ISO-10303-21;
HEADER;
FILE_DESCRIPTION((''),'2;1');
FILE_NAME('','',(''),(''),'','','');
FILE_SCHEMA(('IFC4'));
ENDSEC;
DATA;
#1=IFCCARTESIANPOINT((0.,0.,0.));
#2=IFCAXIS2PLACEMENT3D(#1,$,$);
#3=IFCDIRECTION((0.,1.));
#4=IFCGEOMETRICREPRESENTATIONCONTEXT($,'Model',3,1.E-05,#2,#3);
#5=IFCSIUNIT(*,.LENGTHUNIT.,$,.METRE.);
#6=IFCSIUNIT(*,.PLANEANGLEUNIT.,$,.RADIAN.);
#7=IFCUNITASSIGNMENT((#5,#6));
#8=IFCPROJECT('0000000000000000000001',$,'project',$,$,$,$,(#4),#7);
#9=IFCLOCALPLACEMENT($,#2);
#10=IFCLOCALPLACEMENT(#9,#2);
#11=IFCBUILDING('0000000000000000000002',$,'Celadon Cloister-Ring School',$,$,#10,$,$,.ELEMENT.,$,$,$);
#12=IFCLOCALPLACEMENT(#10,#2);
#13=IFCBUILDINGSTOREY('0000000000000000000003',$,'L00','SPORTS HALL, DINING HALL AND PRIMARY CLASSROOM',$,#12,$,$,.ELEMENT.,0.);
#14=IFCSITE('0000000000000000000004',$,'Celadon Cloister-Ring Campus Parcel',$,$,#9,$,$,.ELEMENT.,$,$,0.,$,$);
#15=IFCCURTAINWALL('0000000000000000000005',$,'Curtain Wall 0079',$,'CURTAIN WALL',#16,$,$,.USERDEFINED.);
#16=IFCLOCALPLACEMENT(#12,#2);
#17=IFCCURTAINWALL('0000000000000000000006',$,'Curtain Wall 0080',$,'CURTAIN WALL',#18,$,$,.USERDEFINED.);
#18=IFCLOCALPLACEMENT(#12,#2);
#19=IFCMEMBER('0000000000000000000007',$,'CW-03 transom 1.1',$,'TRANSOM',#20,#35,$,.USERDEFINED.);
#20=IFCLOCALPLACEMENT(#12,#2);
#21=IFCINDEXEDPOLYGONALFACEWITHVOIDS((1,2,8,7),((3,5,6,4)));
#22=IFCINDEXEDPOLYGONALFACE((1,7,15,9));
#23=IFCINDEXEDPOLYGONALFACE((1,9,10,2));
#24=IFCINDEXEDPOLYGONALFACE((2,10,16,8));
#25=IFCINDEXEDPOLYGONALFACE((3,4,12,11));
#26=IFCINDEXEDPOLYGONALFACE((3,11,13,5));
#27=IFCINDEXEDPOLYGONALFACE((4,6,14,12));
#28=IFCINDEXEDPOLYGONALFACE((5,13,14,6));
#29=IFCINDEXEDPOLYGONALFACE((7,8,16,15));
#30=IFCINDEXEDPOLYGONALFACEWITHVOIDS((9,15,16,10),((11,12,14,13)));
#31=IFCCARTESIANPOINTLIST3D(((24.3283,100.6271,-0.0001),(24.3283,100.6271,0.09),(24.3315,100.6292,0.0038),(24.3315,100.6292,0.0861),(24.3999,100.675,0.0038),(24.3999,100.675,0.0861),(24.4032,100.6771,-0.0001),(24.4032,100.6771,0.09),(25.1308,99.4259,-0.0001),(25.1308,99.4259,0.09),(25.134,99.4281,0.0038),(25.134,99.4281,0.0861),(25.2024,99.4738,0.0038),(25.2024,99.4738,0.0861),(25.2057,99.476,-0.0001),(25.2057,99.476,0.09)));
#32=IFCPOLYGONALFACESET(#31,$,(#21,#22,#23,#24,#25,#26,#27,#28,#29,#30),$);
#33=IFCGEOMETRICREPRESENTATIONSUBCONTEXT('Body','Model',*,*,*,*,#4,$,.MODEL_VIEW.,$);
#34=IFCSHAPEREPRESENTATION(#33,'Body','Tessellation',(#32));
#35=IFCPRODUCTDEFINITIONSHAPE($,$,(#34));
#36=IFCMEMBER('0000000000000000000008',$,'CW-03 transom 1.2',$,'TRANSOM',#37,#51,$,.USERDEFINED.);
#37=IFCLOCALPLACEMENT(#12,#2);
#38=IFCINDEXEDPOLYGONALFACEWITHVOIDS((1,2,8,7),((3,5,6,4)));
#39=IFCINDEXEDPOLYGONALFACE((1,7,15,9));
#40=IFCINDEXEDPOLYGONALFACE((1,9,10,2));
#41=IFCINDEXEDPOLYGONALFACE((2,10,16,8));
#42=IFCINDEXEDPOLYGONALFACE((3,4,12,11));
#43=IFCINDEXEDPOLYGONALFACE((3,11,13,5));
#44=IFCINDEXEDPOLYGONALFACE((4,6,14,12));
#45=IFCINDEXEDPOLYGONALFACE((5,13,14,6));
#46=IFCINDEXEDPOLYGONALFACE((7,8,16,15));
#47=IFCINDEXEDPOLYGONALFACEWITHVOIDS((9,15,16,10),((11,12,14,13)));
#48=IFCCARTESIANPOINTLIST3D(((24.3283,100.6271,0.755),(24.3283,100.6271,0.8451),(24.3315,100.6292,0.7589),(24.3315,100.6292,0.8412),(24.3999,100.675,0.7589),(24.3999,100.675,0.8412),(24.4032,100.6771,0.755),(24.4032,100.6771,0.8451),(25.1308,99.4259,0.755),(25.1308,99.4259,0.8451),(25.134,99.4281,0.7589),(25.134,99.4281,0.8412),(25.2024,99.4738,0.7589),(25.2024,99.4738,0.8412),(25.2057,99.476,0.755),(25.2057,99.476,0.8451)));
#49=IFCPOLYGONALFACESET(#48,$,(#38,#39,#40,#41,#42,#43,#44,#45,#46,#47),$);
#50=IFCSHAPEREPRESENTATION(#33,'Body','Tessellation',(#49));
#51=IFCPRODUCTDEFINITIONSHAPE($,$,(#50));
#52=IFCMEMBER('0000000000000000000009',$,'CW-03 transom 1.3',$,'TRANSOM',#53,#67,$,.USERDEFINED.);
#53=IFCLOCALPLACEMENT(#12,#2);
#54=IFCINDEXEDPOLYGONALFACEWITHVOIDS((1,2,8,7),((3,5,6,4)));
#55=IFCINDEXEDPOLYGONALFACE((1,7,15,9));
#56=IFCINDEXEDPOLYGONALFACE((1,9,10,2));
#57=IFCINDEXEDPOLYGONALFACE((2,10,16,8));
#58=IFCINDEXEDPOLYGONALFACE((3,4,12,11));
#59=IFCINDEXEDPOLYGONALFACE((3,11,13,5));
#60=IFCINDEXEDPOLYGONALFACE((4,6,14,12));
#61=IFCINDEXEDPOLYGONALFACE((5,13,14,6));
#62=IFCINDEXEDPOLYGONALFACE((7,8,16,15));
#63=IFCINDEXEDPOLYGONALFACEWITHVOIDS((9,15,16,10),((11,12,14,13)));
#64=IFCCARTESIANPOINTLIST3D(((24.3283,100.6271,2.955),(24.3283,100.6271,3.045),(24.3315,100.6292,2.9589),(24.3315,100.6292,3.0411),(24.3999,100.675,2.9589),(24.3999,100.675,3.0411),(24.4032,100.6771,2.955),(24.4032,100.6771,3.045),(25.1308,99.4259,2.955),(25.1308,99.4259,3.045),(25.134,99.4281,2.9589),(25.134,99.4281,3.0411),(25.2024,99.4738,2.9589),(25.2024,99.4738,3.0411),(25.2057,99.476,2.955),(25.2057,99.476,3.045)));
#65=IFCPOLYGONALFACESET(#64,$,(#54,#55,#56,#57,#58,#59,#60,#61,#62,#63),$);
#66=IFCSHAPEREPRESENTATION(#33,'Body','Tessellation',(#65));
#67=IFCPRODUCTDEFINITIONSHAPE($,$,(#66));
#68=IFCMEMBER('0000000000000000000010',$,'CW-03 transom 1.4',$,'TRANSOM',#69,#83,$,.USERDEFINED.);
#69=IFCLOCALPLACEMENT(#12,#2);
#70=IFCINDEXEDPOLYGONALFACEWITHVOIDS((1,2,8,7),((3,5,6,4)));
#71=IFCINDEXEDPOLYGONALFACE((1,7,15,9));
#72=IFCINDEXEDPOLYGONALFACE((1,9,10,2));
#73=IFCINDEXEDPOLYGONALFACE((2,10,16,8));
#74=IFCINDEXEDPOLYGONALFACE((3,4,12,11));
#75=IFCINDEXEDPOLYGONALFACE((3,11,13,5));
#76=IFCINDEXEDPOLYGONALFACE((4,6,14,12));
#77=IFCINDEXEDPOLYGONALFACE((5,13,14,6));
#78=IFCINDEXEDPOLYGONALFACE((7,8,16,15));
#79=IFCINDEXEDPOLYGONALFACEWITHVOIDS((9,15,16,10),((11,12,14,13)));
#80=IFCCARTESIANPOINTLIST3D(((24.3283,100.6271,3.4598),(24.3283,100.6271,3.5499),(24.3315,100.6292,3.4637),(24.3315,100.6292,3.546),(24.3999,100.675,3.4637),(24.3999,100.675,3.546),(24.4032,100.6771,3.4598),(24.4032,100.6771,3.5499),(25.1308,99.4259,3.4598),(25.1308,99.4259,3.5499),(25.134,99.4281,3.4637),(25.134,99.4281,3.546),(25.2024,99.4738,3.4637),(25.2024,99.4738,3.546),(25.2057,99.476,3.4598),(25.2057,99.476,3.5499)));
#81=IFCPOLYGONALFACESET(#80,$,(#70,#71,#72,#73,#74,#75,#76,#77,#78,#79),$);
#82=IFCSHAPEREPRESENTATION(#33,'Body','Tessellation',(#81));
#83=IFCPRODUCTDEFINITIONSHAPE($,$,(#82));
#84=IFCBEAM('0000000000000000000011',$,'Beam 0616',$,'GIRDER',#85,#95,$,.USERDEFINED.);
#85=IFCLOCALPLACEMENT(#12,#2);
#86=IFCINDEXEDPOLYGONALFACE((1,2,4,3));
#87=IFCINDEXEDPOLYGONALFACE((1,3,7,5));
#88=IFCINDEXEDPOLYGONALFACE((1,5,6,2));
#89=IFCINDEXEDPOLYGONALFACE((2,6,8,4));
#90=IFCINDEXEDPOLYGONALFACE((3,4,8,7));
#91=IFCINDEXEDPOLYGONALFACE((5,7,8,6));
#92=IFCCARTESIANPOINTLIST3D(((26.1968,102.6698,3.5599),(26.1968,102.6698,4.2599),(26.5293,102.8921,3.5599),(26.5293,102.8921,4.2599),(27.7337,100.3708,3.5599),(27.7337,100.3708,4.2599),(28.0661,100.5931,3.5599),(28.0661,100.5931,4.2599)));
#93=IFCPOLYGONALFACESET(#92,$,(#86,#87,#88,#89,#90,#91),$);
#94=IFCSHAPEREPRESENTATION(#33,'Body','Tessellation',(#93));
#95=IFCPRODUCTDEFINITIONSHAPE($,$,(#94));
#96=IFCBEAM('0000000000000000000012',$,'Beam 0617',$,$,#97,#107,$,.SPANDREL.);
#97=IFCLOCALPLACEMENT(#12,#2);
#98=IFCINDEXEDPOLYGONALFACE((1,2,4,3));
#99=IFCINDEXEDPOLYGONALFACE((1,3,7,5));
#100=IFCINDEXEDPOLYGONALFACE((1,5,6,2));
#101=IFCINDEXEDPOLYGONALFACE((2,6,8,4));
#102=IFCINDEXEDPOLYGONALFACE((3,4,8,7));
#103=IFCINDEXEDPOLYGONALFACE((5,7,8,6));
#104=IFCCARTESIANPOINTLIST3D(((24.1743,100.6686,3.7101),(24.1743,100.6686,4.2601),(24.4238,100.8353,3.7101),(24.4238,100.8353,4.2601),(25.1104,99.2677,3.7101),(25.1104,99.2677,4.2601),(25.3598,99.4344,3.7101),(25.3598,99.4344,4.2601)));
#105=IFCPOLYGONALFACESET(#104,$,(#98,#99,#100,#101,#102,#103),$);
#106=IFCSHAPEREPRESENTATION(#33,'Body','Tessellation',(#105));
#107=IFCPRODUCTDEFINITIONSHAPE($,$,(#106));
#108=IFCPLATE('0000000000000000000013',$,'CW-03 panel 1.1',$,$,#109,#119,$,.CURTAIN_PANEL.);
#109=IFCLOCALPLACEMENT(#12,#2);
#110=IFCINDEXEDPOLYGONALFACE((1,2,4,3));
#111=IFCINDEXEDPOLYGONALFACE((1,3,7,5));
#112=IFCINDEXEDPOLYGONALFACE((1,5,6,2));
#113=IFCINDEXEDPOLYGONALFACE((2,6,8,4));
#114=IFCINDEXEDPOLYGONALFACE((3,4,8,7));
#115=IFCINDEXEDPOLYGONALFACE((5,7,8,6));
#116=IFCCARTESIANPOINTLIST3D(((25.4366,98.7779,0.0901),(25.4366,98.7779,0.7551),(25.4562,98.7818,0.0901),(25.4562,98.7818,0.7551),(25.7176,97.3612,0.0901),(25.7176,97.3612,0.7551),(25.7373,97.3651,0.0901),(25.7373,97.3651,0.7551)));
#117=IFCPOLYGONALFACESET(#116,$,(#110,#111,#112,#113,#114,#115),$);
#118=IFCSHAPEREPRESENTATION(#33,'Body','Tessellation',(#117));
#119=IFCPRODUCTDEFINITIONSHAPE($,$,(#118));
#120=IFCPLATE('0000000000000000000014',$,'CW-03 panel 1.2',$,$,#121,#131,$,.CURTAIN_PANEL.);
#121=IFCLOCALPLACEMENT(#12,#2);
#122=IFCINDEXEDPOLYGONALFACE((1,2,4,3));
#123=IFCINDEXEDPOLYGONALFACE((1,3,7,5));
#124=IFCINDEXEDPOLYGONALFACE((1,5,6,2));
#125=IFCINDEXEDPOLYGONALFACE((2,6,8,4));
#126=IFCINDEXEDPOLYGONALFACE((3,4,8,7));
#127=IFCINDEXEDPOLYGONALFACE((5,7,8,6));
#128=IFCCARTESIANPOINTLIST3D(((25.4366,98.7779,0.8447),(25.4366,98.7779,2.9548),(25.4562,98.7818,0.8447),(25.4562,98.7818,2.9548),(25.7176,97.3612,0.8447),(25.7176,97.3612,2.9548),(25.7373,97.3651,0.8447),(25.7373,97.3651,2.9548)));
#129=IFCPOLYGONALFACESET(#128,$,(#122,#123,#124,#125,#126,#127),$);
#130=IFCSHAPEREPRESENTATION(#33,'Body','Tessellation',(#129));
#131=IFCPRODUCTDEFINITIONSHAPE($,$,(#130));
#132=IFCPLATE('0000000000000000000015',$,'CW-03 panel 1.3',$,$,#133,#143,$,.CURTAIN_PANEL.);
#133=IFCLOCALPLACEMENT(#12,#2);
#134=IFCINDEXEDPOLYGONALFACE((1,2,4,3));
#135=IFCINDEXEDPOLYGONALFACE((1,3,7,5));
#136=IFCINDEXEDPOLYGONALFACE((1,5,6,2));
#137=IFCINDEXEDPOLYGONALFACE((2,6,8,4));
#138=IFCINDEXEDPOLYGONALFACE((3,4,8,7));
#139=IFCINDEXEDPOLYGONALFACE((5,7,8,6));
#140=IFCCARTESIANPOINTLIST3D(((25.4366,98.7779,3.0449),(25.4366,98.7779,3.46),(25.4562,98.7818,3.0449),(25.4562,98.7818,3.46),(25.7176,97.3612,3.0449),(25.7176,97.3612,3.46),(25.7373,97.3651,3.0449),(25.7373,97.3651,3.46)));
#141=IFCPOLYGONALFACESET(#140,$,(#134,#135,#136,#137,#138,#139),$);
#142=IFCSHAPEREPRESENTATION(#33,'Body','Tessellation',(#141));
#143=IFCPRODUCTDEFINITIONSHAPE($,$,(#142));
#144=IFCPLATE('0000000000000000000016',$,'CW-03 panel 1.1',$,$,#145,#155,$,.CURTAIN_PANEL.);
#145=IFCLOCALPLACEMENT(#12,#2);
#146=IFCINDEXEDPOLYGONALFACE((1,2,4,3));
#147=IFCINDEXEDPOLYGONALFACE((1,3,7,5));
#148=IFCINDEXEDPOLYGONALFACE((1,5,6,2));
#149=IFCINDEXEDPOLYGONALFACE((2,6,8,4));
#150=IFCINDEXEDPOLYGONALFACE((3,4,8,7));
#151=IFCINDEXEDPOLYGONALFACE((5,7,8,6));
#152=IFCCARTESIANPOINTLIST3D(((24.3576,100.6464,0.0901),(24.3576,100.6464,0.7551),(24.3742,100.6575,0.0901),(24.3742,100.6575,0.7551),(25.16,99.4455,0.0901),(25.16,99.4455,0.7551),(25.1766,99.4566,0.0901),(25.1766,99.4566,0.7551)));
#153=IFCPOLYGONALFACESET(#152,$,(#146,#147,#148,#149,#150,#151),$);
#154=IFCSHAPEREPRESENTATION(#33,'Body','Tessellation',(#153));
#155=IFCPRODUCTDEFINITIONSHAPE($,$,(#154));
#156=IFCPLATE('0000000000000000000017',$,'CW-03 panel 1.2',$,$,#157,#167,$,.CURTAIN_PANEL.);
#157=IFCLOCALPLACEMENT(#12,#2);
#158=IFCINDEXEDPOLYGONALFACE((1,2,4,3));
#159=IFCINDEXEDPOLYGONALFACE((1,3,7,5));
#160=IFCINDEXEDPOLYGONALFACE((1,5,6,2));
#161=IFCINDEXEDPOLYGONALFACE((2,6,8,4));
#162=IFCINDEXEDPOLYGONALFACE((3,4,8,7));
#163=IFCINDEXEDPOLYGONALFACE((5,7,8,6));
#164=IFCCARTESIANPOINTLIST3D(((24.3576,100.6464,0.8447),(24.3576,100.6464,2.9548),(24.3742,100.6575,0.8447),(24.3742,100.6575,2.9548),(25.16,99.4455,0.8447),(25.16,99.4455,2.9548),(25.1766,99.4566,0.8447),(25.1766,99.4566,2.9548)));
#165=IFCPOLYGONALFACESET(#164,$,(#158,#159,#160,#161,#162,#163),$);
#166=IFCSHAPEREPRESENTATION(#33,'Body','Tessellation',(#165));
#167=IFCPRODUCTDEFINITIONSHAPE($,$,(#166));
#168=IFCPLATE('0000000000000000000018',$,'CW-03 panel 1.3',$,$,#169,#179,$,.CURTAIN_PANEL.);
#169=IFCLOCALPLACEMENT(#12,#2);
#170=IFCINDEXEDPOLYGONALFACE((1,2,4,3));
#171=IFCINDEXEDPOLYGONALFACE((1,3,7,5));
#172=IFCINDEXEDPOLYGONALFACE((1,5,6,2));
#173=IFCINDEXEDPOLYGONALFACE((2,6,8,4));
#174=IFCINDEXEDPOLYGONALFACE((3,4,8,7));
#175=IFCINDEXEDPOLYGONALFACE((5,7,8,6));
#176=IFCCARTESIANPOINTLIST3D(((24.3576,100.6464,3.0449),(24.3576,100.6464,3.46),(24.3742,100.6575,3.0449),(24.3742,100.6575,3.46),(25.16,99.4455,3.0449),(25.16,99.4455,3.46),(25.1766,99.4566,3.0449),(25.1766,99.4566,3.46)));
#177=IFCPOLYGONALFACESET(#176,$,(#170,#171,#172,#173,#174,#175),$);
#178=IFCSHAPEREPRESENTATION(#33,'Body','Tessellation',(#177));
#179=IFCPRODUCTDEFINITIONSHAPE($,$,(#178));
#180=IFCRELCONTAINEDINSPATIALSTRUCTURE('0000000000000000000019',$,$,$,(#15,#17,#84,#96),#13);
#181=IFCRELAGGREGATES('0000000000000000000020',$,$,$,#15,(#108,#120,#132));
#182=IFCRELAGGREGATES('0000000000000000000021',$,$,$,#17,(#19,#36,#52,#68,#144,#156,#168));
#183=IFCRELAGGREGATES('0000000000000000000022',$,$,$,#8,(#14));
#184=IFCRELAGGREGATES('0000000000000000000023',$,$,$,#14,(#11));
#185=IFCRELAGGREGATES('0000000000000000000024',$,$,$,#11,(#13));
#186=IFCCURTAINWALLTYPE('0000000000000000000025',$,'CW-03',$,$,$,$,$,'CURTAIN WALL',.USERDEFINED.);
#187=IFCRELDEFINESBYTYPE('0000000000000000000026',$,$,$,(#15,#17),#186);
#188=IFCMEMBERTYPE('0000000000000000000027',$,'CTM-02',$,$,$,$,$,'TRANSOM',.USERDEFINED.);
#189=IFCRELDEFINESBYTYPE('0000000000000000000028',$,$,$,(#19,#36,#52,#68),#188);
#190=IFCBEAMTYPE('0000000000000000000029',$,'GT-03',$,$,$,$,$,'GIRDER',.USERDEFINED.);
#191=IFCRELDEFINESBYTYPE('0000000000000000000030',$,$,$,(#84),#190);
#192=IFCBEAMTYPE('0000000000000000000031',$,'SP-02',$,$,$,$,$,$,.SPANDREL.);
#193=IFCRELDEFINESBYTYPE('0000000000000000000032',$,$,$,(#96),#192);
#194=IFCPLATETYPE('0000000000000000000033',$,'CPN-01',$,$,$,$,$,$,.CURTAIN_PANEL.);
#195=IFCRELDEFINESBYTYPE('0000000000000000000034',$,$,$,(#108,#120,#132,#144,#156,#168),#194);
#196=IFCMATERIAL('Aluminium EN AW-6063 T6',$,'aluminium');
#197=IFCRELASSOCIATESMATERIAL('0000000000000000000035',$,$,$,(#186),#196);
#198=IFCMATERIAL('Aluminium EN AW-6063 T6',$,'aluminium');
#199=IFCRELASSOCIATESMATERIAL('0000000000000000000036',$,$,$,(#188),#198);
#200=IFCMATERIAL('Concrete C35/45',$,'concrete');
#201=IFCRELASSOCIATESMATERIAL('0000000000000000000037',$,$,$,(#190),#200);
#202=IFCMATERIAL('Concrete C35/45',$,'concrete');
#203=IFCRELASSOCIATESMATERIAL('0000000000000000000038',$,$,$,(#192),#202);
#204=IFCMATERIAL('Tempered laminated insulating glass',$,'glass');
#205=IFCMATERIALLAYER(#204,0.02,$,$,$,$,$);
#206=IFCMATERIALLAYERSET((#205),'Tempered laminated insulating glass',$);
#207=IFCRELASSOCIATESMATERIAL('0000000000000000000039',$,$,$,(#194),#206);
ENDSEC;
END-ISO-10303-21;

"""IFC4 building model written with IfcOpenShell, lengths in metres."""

from ifc_helpers import new_model, si_unit, direction, frame, origin, origin_2d, place, context, subcontext, project, spatial, rectangle, hollow_rectangle, extrude, material, layer, layer_set, material_profile, profile_set, type_object, element, aggregate, save


model = new_model("IFC4")

# Units and contexts
model_context = context("Model", 3, precision=1e-05, world=origin(), true_north=direction((0.0, 1.0)))
body_context = subcontext(model_context, "Body", "Model", "MODEL_VIEW")
ifc_project = project(units=[si_unit("LENGTHUNIT", "METRE"), si_unit("PLANEANGLEUNIT", "RADIAN")], contexts=[model_context])

# Site, building, storey
site_placement = place(None, origin())
site = spatial("IfcSite", under=ifc_project, at=site_placement, Name="Celadon Cloister-Ring Campus Parcel", CompositionType="ELEMENT", RefElevation=0.0)
building_placement = place(site_placement, origin())
building = spatial("IfcBuilding", under=site, at=building_placement, Name="Celadon Cloister-Ring School", CompositionType="ELEMENT")
storey_placement = place(building_placement, origin())
storey = spatial("IfcBuildingStorey", under=building, at=storey_placement, Name="L00", Description="SPORTS HALL, DINING HALL AND PRIMARY CLASSROOM", CompositionType="ELEMENT", Elevation=0.0)

# Curtain walls
ifc_material_1 = material(Name="Aluminium EN AW-6063 T6", Category="aluminium")
curtain_wall_type = type_object("IfcCurtainWallType", Name="CW-03", ElementType="CURTAIN WALL", PredefinedType="USERDEFINED", material=ifc_material_1)
curtain_wall_1_placement = place(storey_placement, origin())
curtain_wall_1 = element("IfcCurtainWall", 1, at=curtain_wall_1_placement, inside=storey, type_object=curtain_wall_type, Name="Curtain Wall 0079", ObjectType="CURTAIN WALL", PredefinedType="USERDEFINED")
curtain_wall_2_placement = place(storey_placement, origin())
curtain_wall_2 = element("IfcCurtainWall", 2, at=curtain_wall_2_placement, inside=storey, type_object=curtain_wall_type, Name="Curtain Wall 0080", ObjectType="CURTAIN WALL", PredefinedType="USERDEFINED")

# Members
ifc_material_2 = material(Name="Aluminium EN AW-6063 T6", Category="aluminium")
ifc_material_profile_1 = material_profile(ifc_material_2, hollow_rectangle(XDim=0.0901, YDim=0.0901, WallThickness=0.0039, at=origin_2d()), Name="RHS90X90X4")
ifc_profile_set_1 = profile_set([ifc_material_profile_1], Name="Aluminium EN AW-6063 T6")
member_type_1 = type_object("IfcMemberType", Name="CTM-02", ElementType="TRANSOM", PredefinedType="USERDEFINED", material=ifc_profile_set_1)
member_1_placement = place(storey_placement, frame((25.1682, 99.4509, 0.0449), z_axis=(-0.555519, 0.831504, 0.0), x_axis=(-0.831504, -0.555519, 0.0)))
member_1 = element("IfcMember", 3, at=member_1_placement, type_object=member_type_1, Name="CW-03 transom 1.1", ObjectType="TRANSOM", PredefinedType="USERDEFINED", context=body_context, shape_type="SweptSolid", body=[
    extrude(hollow_rectangle(XDim=0.0901, YDim=0.0901, WallThickness=0.0039, at=origin_2d()), origin(), (0.0, 0.0, 1.0), 1.4446),
])
member_2_placement = place(storey_placement, frame((25.1682, 99.4509, 0.8), z_axis=(-0.555519, 0.831504, 0.0), x_axis=(-0.831504, -0.555519, 0.0)))
member_2 = element("IfcMember", 4, at=member_2_placement, type_object=member_type_1, Name="CW-03 transom 1.2", ObjectType="TRANSOM", PredefinedType="USERDEFINED", context=body_context, shape_type="SweptSolid", body=[
    extrude(hollow_rectangle(XDim=0.0901, YDim=0.0901, WallThickness=0.0039, at=origin_2d()), origin(), (0.0, 0.0, 1.0), 1.4446),
])
member_3_placement = place(storey_placement, frame((25.1682, 99.4509, 3.0), z_axis=(-0.555519, 0.831504, 0.0), x_axis=(-0.831504, -0.555519, 0.0)))
member_3 = element("IfcMember", 5, at=member_3_placement, type_object=member_type_1, Name="CW-03 transom 1.3", ObjectType="TRANSOM", PredefinedType="USERDEFINED", context=body_context, shape_type="SweptSolid", body=[
    extrude(hollow_rectangle(XDim=0.0901, YDim=0.0901, WallThickness=0.0039, at=origin_2d()), origin(), (0.0, 0.0, 1.0), 1.4446),
])
member_4_placement = place(storey_placement, frame((25.1682, 99.4509, 3.5049), z_axis=(-0.555519, 0.831504, 0.0), x_axis=(-0.831504, -0.555519, 0.0)))
member_4 = element("IfcMember", 6, at=member_4_placement, type_object=member_type_1, Name="CW-03 transom 1.4", ObjectType="TRANSOM", PredefinedType="USERDEFINED", context=body_context, shape_type="SweptSolid", body=[
    extrude(hollow_rectangle(XDim=0.0901, YDim=0.0901, WallThickness=0.0039, at=origin_2d()), origin(), (0.0, 0.0, 1.0), 1.4446),
])

# Beams
ifc_material_3 = material(Name="Concrete C35/45", Category="concrete")
ifc_material_profile_2 = material_profile(ifc_material_3, rectangle(XDim=0.3999, YDim=0.7, at=origin_2d()), Name="RC400X700")
ifc_profile_set_2 = profile_set([ifc_material_profile_2], Name="Concrete C35/45")
beam_type_1 = type_object("IfcBeamType", Name="GT-03", ElementType="GIRDER", PredefinedType="USERDEFINED", material=ifc_profile_set_2)
beam_1_placement = place(storey_placement, frame((27.8999, 100.4819, 3.9099), z_axis=(-0.555739, 0.831357, 0.0), x_axis=(-0.831357, -0.555739, 0.0)))
element("IfcBeam", 7, at=beam_1_placement, inside=storey, type_object=beam_type_1, Name="Beam 0616", ObjectType="GIRDER", PredefinedType="USERDEFINED", context=body_context, shape_type="SweptSolid", body=[
    extrude(rectangle(XDim=0.3999, YDim=0.7, at=origin_2d()), origin(), (0.0, 0.0, 1.0), 2.7654),
])
ifc_material_4 = material(Name="Concrete C35/45", Category="concrete")
ifc_material_profile_3 = material_profile(ifc_material_4, rectangle(XDim=0.3, YDim=0.55, at=origin_2d()), Name="RC300X550")
ifc_profile_set_3 = profile_set([ifc_material_profile_3], Name="Concrete C35/45")
beam_type_2 = type_object("IfcBeamType", Name="SP-02", PredefinedType="SPANDREL", material=ifc_profile_set_3)
beam_2_placement = place(storey_placement, frame((25.2351, 99.3511, 3.9851), z_axis=(-0.555569, 0.83147, 0.0), x_axis=(-0.83147, -0.555569, 0.0)))
element("IfcBeam", 8, at=beam_2_placement, inside=storey, type_object=beam_type_2, Name="Beam 0617", PredefinedType="SPANDREL", context=body_context, shape_type="SweptSolid", body=[
    extrude(rectangle(XDim=0.3, YDim=0.55, at=origin_2d()), origin(), (0.0, 0.0, 1.0), 1.6848),
])

# Plates
ifc_material_5 = material(Name="Tempered laminated insulating glass", Category="glass")
ifc_layer_1 = layer(ifc_material_5, 0.02)
ifc_layer_set_1 = layer_set([ifc_layer_1], Name="Tempered laminated insulating glass")
plate_type = type_object("IfcPlateType", Name="CPN-01", PredefinedType="CURTAIN_PANEL", material=ifc_layer_set_1)
plate_1_placement = place(storey_placement, frame((25.5869, 98.0715, 0.0901), z_axis=(0.0, 0.0, 1.0), x_axis=(-0.194586, 0.980885, 0.0)))
plate_1 = element("IfcPlate", 9, at=plate_1_placement, type_object=plate_type, Name="CW-03 panel 1.1", PredefinedType="CURTAIN_PANEL", context=body_context, shape_type="SweptSolid", body=[
    extrude(rectangle(XDim=1.4443, YDim=0.02, at=origin_2d()), origin(), (0.0, 0.0, 1.0), 0.665),
])
plate_2_placement = place(storey_placement, frame((25.5869, 98.0715, 0.8447), z_axis=(0.0, 0.0, 1.0), x_axis=(-0.194586, 0.980885, 0.0)))
plate_2 = element("IfcPlate", 10, at=plate_2_placement, type_object=plate_type, Name="CW-03 panel 1.2", PredefinedType="CURTAIN_PANEL", context=body_context, shape_type="SweptSolid", body=[
    extrude(rectangle(XDim=1.4443, YDim=0.02, at=origin_2d()), origin(), (0.0, 0.0, 1.0), 2.1101),
])
plate_3_placement = place(storey_placement, frame((25.5869, 98.0715, 3.0449), z_axis=(0.0, 0.0, 1.0), x_axis=(-0.194586, 0.980885, 0.0)))
plate_3 = element("IfcPlate", 11, at=plate_3_placement, type_object=plate_type, Name="CW-03 panel 1.3", PredefinedType="CURTAIN_PANEL", context=body_context, shape_type="SweptSolid", body=[
    extrude(rectangle(XDim=1.4443, YDim=0.02, at=origin_2d()), origin(), (0.0, 0.0, 1.0), 0.415),
])
aggregate(curtain_wall_1, [plate_1, plate_2, plate_3])
plate_4_placement = place(storey_placement, frame((24.7671, 100.0515, 0.0901), z_axis=(0.0, 0.0, 1.0), x_axis=(-0.555547, 0.831485, 0.0)))
plate_4 = element("IfcPlate", 12, at=plate_4_placement, type_object=plate_type, Name="CW-03 panel 1.1", PredefinedType="CURTAIN_PANEL", context=body_context, shape_type="SweptSolid", body=[
    extrude(rectangle(XDim=1.4443, YDim=0.02, at=origin_2d()), origin(), (0.0, 0.0, 1.0), 0.665),
])
plate_5_placement = place(storey_placement, frame((24.7671, 100.0515, 0.8447), z_axis=(0.0, 0.0, 1.0), x_axis=(-0.555547, 0.831485, 0.0)))
plate_5 = element("IfcPlate", 13, at=plate_5_placement, type_object=plate_type, Name="CW-03 panel 1.2", PredefinedType="CURTAIN_PANEL", context=body_context, shape_type="SweptSolid", body=[
    extrude(rectangle(XDim=1.4443, YDim=0.02, at=origin_2d()), origin(), (0.0, 0.0, 1.0), 2.1101),
])
plate_6_placement = place(storey_placement, frame((24.7671, 100.0515, 3.0449), z_axis=(0.0, 0.0, 1.0), x_axis=(-0.555547, 0.831485, 0.0)))
plate_6 = element("IfcPlate", 14, at=plate_6_placement, type_object=plate_type, Name="CW-03 panel 1.3", PredefinedType="CURTAIN_PANEL", context=body_context, shape_type="SweptSolid", body=[
    extrude(rectangle(XDim=1.4443, YDim=0.02, at=origin_2d()), origin(), (0.0, 0.0, 1.0), 0.415),
])
aggregate(curtain_wall_2, [member_1, member_2, member_3, member_4, plate_4, plate_5, plate_6])

save(model, "model.ifc")
